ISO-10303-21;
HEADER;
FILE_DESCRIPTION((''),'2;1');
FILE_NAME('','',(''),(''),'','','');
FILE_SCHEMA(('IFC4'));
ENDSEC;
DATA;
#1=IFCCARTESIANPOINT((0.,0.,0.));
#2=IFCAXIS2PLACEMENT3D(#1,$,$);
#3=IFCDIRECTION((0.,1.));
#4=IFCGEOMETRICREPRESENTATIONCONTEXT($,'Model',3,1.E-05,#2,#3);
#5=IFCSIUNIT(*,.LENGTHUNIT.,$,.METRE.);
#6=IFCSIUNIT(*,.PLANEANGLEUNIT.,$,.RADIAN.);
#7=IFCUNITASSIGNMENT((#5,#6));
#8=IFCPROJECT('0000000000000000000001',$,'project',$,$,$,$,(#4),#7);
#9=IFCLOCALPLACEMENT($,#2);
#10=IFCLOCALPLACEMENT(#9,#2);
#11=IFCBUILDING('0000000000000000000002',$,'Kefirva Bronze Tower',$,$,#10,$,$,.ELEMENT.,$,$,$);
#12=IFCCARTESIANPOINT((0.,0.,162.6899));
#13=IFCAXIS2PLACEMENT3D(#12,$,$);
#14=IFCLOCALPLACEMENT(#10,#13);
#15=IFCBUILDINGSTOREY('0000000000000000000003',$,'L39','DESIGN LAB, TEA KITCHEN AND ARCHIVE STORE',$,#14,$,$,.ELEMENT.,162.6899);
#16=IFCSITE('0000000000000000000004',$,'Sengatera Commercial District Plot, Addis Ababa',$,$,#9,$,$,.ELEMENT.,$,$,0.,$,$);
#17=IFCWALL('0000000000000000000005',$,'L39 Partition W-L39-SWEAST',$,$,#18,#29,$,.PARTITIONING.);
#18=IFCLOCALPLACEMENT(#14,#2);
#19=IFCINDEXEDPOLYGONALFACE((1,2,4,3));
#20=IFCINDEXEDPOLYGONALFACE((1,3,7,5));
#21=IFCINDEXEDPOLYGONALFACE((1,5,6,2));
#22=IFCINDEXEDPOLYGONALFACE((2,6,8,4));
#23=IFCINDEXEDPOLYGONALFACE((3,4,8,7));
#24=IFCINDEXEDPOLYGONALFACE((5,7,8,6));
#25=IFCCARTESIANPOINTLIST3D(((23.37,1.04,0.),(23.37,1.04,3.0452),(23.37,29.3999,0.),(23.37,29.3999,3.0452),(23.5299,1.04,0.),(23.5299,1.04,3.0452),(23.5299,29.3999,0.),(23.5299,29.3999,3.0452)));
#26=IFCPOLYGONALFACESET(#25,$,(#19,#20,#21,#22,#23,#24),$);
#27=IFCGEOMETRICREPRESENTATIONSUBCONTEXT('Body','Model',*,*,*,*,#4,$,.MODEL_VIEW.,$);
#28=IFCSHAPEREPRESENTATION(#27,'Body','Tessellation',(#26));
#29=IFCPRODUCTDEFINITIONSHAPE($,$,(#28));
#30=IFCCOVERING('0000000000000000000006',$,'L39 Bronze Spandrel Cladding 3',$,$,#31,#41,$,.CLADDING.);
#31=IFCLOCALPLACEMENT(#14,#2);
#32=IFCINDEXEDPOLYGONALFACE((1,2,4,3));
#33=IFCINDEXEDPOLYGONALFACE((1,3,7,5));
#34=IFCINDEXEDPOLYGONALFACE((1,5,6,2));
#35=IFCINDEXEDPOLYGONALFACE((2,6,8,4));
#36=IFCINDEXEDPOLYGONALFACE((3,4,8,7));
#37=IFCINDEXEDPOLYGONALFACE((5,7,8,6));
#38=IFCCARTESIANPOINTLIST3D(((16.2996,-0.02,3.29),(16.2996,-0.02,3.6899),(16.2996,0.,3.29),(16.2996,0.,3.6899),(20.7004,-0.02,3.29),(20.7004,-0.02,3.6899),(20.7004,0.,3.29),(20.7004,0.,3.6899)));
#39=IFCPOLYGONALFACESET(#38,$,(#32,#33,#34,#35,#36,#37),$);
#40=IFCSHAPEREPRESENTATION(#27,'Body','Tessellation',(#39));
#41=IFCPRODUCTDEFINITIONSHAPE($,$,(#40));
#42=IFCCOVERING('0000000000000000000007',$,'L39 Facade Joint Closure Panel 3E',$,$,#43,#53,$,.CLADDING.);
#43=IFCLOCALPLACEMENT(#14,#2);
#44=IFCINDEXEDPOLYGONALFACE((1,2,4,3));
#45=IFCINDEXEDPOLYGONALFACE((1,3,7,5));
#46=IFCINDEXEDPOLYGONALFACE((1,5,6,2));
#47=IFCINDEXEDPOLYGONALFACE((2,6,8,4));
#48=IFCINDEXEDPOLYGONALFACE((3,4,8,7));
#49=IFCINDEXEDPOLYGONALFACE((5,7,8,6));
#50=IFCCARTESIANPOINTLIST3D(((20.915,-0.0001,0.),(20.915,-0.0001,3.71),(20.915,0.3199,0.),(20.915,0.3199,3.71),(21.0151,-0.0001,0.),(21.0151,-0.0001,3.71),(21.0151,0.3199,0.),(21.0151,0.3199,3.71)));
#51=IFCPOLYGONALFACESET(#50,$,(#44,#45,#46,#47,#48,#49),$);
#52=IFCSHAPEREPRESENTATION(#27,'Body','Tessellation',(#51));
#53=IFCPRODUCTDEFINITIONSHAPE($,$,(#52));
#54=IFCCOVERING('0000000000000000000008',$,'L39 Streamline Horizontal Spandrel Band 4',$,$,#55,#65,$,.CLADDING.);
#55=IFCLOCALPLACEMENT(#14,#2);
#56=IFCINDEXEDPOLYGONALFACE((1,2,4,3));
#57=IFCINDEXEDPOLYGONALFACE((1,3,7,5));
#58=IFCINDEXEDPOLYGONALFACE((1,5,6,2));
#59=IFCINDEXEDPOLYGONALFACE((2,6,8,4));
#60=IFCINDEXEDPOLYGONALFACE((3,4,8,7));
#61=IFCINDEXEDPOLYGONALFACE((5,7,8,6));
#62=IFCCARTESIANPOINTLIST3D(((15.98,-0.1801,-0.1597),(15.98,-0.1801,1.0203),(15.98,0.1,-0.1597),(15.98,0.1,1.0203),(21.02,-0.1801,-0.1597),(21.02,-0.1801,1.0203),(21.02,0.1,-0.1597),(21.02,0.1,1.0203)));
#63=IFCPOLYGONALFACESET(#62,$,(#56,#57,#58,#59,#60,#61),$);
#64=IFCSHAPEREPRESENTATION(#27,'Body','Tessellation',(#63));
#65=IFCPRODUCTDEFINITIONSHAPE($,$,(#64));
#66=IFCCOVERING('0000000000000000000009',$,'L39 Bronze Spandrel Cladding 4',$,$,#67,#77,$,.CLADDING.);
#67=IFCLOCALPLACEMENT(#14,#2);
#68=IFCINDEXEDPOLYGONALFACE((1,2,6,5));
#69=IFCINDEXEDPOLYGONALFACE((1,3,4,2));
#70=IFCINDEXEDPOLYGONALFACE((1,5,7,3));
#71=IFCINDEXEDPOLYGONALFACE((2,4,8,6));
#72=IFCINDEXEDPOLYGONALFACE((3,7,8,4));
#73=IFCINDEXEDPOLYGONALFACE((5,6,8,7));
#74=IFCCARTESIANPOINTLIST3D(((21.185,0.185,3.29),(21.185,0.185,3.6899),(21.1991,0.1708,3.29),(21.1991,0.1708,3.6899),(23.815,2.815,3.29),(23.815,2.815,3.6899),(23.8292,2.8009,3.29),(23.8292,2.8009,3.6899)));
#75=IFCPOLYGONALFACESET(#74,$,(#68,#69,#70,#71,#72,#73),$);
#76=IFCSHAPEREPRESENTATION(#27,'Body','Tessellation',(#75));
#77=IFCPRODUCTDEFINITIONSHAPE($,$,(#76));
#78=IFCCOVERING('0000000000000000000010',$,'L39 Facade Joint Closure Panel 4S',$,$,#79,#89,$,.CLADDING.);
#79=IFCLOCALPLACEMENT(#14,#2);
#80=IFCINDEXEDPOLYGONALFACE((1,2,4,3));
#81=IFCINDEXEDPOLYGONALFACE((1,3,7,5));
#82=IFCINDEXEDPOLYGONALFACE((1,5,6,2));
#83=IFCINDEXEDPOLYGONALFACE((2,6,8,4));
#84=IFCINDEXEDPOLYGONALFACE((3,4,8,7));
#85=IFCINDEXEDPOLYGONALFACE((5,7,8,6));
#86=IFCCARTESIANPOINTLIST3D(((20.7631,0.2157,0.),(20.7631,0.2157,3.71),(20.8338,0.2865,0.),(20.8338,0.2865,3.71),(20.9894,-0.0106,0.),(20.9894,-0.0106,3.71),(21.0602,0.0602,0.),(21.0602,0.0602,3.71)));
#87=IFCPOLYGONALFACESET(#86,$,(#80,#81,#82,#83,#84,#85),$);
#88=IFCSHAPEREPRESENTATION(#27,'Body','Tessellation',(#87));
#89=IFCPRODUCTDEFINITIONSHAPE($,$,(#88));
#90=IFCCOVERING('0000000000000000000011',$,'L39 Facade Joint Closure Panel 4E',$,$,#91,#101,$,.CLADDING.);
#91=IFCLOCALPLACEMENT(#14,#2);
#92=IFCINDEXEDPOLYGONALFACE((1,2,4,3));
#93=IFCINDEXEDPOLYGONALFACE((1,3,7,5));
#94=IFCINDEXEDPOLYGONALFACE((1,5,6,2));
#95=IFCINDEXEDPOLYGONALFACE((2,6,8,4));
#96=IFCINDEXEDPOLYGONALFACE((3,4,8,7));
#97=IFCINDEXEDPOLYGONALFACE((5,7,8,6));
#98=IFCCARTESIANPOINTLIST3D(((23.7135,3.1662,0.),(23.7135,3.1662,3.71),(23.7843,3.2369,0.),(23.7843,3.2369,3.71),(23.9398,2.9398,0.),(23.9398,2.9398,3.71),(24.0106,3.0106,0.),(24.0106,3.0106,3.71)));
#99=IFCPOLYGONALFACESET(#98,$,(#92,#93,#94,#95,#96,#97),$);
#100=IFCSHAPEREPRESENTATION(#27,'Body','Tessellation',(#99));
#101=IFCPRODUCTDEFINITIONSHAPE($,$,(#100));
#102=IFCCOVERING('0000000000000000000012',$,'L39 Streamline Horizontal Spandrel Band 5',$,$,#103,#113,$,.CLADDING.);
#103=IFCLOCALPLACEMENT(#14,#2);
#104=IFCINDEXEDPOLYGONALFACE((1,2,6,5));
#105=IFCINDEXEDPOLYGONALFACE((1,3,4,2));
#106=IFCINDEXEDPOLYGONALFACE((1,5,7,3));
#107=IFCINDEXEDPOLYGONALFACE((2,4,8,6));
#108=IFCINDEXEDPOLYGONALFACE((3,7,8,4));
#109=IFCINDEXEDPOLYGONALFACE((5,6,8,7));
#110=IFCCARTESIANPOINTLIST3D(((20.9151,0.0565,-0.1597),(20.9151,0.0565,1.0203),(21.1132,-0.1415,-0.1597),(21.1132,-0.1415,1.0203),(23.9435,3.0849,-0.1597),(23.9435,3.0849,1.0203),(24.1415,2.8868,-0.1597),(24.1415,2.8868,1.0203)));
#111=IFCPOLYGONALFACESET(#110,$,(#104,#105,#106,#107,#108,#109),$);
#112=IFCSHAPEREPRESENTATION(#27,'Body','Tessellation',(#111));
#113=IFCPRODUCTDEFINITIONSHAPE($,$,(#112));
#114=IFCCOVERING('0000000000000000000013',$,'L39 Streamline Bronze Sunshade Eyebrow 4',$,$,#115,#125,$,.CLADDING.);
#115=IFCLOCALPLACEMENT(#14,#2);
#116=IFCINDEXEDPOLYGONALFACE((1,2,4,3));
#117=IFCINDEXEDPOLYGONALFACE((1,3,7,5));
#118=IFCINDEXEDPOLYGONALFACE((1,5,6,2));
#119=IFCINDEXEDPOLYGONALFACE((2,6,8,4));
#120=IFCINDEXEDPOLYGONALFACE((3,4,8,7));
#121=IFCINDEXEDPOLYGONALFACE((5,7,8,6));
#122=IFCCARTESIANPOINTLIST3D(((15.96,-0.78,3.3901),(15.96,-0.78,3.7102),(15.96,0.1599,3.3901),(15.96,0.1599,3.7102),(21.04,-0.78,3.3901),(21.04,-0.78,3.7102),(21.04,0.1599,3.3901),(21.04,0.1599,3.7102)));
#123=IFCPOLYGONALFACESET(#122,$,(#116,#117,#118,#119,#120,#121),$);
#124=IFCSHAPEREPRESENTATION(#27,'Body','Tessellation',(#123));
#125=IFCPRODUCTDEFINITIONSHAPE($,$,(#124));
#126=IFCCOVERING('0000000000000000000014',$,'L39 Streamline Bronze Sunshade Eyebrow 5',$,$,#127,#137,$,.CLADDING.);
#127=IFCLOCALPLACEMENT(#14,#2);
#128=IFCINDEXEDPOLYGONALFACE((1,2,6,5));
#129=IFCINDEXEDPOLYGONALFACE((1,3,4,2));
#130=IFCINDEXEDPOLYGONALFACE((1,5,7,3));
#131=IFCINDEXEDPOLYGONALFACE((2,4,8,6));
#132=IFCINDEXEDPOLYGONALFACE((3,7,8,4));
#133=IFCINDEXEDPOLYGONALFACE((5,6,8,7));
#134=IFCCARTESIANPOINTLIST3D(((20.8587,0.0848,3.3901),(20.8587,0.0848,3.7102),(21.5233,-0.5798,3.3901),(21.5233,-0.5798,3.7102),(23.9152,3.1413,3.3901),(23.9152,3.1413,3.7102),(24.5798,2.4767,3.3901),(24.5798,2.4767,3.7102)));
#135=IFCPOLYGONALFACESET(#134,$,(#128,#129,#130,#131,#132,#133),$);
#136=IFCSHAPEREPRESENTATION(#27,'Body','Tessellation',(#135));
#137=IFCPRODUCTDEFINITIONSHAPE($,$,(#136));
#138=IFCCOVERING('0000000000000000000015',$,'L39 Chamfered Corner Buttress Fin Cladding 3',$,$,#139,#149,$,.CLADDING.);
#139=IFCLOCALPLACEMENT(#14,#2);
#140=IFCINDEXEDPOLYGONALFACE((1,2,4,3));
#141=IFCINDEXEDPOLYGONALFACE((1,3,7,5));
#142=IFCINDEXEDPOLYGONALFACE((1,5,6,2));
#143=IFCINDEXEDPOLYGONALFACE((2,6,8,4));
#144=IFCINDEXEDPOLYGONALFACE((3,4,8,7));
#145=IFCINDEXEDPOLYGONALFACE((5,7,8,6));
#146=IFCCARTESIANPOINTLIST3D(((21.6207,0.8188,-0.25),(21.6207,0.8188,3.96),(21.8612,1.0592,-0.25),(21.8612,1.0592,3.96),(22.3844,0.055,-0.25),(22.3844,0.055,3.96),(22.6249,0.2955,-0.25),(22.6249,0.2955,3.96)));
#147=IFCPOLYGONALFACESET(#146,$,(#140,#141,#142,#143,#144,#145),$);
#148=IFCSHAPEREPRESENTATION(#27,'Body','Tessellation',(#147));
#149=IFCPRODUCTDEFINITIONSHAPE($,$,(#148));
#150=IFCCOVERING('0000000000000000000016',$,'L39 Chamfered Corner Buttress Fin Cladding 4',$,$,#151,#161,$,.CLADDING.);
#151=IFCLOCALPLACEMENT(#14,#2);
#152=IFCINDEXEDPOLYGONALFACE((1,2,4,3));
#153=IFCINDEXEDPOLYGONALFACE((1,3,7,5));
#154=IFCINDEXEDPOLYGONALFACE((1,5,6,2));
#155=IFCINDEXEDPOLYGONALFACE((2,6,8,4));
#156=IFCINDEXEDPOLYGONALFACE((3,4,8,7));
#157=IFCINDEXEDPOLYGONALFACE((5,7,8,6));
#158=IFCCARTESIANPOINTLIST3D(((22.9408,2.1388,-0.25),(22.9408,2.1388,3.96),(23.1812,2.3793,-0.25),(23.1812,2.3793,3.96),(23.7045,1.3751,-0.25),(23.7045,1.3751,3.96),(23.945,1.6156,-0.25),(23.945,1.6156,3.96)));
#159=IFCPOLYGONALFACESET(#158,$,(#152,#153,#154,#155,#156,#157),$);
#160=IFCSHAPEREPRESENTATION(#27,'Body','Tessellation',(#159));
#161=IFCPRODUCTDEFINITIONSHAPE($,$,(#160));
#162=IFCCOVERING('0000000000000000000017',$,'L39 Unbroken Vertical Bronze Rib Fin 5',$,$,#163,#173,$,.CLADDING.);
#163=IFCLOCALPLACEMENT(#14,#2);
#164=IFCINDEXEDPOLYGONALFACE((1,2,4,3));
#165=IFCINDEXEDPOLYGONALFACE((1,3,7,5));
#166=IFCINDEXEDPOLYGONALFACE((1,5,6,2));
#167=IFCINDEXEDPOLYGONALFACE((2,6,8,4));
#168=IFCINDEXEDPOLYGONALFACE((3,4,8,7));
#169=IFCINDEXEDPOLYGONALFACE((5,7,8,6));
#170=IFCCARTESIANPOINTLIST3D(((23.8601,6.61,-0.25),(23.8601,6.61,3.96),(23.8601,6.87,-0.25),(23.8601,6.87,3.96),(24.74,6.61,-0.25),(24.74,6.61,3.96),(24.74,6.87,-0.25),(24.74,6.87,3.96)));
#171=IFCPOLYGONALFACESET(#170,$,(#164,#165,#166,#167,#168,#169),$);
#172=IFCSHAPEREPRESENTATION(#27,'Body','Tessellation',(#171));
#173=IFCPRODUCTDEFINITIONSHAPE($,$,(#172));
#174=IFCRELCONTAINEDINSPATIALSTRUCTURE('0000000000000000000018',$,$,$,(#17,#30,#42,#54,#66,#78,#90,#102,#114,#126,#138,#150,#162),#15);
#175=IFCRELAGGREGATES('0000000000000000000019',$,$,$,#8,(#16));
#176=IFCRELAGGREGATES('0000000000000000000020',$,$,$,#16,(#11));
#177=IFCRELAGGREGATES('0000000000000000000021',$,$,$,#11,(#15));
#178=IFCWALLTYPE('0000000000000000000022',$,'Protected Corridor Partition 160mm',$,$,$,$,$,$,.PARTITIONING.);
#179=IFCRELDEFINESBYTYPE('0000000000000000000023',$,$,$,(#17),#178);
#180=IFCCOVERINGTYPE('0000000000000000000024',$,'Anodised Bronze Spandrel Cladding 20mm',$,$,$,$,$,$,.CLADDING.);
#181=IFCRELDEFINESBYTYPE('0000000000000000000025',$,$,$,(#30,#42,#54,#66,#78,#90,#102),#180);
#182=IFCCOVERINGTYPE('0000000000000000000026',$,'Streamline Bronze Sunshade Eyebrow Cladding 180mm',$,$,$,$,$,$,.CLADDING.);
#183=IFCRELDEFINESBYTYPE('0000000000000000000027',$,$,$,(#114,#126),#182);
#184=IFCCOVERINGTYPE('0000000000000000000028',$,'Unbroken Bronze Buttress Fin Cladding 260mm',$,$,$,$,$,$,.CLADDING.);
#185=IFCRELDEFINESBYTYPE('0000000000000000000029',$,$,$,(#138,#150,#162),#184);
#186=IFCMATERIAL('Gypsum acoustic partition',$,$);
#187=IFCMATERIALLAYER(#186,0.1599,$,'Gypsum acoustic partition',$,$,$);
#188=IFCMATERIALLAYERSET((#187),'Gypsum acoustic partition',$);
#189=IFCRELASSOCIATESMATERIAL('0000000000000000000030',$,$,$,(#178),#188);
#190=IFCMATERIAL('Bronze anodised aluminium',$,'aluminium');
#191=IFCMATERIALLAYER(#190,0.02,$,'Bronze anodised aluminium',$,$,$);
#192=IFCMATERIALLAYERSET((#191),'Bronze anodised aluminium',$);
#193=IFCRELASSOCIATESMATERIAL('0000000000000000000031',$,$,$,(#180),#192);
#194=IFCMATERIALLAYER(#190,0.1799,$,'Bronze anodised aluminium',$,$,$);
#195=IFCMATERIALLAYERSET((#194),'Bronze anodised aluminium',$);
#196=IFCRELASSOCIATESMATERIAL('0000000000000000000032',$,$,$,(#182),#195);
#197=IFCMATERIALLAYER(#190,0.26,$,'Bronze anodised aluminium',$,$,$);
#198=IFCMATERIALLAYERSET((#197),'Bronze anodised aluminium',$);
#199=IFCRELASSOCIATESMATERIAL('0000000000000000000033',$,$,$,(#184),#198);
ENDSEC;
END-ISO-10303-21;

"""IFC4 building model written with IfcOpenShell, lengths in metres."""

from ifc_helpers import new_model, si_unit, direction, frame, frame_2d, origin, origin_2d, place, context, subcontext, project, spatial, rectangle, extrude, material, layer, layer_set, type_object, element, save


model = new_model("IFC4")

# Units and contexts
model_context = context("Model", 3, precision=1e-05, world=origin(), true_north=direction((0.0, 1.0)))
body_context = subcontext(model_context, "Body", "Model", "MODEL_VIEW")
ifc_project = project(units=[si_unit("LENGTHUNIT", "METRE"), si_unit("PLANEANGLEUNIT", "RADIAN")], contexts=[model_context])

# Site, building, storey
site_placement = place(None, origin())
site = spatial("IfcSite", under=ifc_project, at=site_placement, Name="Sengatera Commercial District Plot, Addis Ababa", CompositionType="ELEMENT", RefElevation=0.0)
building_placement = place(site_placement, origin())
building = spatial("IfcBuilding", under=site, at=building_placement, Name="Kefirva Bronze Tower", CompositionType="ELEMENT")
storey_placement = place(building_placement, frame((0.0, 0.0, 162.6899)))
storey = spatial("IfcBuildingStorey", under=building, at=storey_placement, Name="L39", Description="DESIGN LAB, TEA KITCHEN AND ARCHIVE STORE", CompositionType="ELEMENT", Elevation=162.6899)

# Shared definitions
ifc_material_1 = material(Name="Bronze anodised aluminium", Category="aluminium")

# Wall
ifc_material_2 = material(Name="Gypsum acoustic partition")
ifc_layer_1 = layer(ifc_material_2, 0.1599, Name="Gypsum acoustic partition")
ifc_layer_set_1 = layer_set([ifc_layer_1], Name="Gypsum acoustic partition")
wall_type_1 = type_object("IfcWallType", Name="Protected Corridor Partition 160mm", PredefinedType="PARTITIONING", material=ifc_layer_set_1)
wall_1_placement = place(storey_placement, frame((23.45, 1.04, 0.0), z_axis=(0.0, 0.0, 1.0), x_axis=(0.0, 1.0, 0.0)))
element("IfcWall", 1, at=wall_1_placement, inside=storey, type_object=wall_type_1, Name="L39 Partition W-L39-SWEAST", PredefinedType="PARTITIONING", context=body_context, shape_type="SweptSolid", body=[
    extrude(rectangle(XDim=28.3599, YDim=0.1599, at=frame_2d((14.1799, 0.0))), origin(), (0.0, 0.0, 1.0), 3.0452),
])

# Coverings
ifc_layer_2 = layer(ifc_material_1, 0.02, Name="Bronze anodised aluminium")
ifc_layer_set_2 = layer_set([ifc_layer_2], Name="Bronze anodised aluminium")
covering_type_1 = type_object("IfcCoveringType", Name="Anodised Bronze Spandrel Cladding 20mm", PredefinedType="CLADDING", material=ifc_layer_set_2)
covering_1_placement = place(storey_placement, frame((18.5, -0.01, 3.29), z_axis=(0.0, 0.0, 1.0), x_axis=(1.0, 0.0, 0.0)))
element("IfcCovering", 2, at=covering_1_placement, inside=storey, type_object=covering_type_1, Name="L39 Bronze Spandrel Cladding 3", PredefinedType="CLADDING", context=body_context, shape_type="SweptSolid", body=[
    extrude(rectangle(XDim=4.4009, YDim=0.02, at=origin_2d()), origin(), (0.0, 0.0, 1.0), 0.3999),
])
covering_2_placement = place(storey_placement, frame((20.9651, 0.1599, 0.0), z_axis=(0.0, 0.0, 1.0), x_axis=(1.0, 0.0, 0.0)))
element("IfcCovering", 3, at=covering_2_placement, inside=storey, type_object=covering_type_1, Name="L39 Facade Joint Closure Panel 3E", PredefinedType="CLADDING", context=body_context, shape_type="SweptSolid", body=[
    extrude(rectangle(XDim=0.1001, YDim=0.3201, at=origin_2d()), origin(), (0.0, 0.0, 1.0), 3.71),
])
covering_3_placement = place(storey_placement, frame((18.5, -0.04, -0.1597), z_axis=(0.0, 0.0, 1.0), x_axis=(1.0, 0.0, 0.0)))
element("IfcCovering", 4, at=covering_3_placement, inside=storey, type_object=covering_type_1, Name="L39 Streamline Horizontal Spandrel Band 4", PredefinedType="CLADDING", context=body_context, shape_type="SweptSolid", body=[
    extrude(rectangle(XDim=5.04, YDim=0.28, at=origin_2d()), origin(), (0.0, 0.0, 1.0), 1.1799),
])
covering_4_placement = place(storey_placement, frame((22.5071, 1.4929, 3.29), z_axis=(0.0, 0.0, 1.0), x_axis=(0.707107, 0.707107, 0.0)))
element("IfcCovering", 5, at=covering_4_placement, inside=storey, type_object=covering_type_1, Name="L39 Bronze Spandrel Cladding 4", PredefinedType="CLADDING", context=body_context, shape_type="SweptSolid", body=[
    extrude(rectangle(XDim=3.7195, YDim=0.02, at=origin_2d()), origin(), (0.0, 0.0, 1.0), 0.3999),
])
for number, where, z_axis, x_axis, name in (
    (6, (20.9116, 0.1379, 0.0), (0.0, 0.0, 1.0), (0.707107, 0.707107, 0.0), "L39 Facade Joint Closure Panel 4S"),
    (7, (23.8621, 3.0884, 0.0), (0.0, 0.0, 1.0), (0.707107, 0.707107, 0.0), "L39 Facade Joint Closure Panel 4E"),
):
    element("IfcCovering", number, at=place(storey_placement, frame(where, z_axis=z_axis, x_axis=x_axis)), inside=storey, type_object=covering_type_1, Name=name, PredefinedType="CLADDING", context=body_context, shape_type="SweptSolid", body=[
        extrude(rectangle(XDim=0.1001, YDim=0.3201, at=origin_2d()), origin(), (0.0, 0.0, 1.0), 3.71),
    ])
covering_5_placement = place(storey_placement, frame((22.5283, 1.4717, -0.1597), z_axis=(0.0, 0.0, 1.0), x_axis=(0.707107, 0.707107, 0.0)))
element("IfcCovering", 8, at=covering_5_placement, inside=storey, type_object=covering_type_1, Name="L39 Streamline Horizontal Spandrel Band 5", PredefinedType="CLADDING", context=body_context, shape_type="SweptSolid", body=[
    extrude(rectangle(XDim=4.2827, YDim=0.28, at=origin_2d()), origin(), (0.0, 0.0, 1.0), 1.1799),
])
ifc_layer_3 = layer(ifc_material_1, 0.1799, Name="Bronze anodised aluminium")
ifc_layer_set_3 = layer_set([ifc_layer_3], Name="Bronze anodised aluminium")
covering_type_2 = type_object("IfcCoveringType", Name="Streamline Bronze Sunshade Eyebrow Cladding 180mm", PredefinedType="CLADDING", material=ifc_layer_set_3)
covering_6_placement = place(storey_placement, frame((18.5, -0.3101, 3.3901), z_axis=(0.0, 0.0, 1.0), x_axis=(1.0, 0.0, 0.0)))
element("IfcCovering", 9, at=covering_6_placement, inside=storey, type_object=covering_type_2, Name="L39 Streamline Bronze Sunshade Eyebrow 4", PredefinedType="CLADDING", context=body_context, shape_type="SweptSolid", body=[
    extrude(rectangle(XDim=5.0801, YDim=0.9399, at=origin_2d()), origin(), (0.0, 0.0, 1.0), 0.3201),
])
covering_7_placement = place(storey_placement, frame((22.7192, 1.2808, 3.3901), z_axis=(0.0, 0.0, 1.0), x_axis=(0.707107, 0.707107, 0.0)))
element("IfcCovering", 10, at=covering_7_placement, inside=storey, type_object=covering_type_2, Name="L39 Streamline Bronze Sunshade Eyebrow 5", PredefinedType="CLADDING", context=body_context, shape_type="SweptSolid", body=[
    extrude(rectangle(XDim=4.3225, YDim=0.9399, at=origin_2d()), origin(), (0.0, 0.0, 1.0), 0.3201),
])
ifc_layer_4 = layer(ifc_material_1, 0.26, Name="Bronze anodised aluminium")
ifc_layer_set_4 = layer_set([ifc_layer_4], Name="Bronze anodised aluminium")
covering_type_3 = type_object("IfcCoveringType", Name="Unbroken Bronze Buttress Fin Cladding 260mm", PredefinedType="CLADDING", material=ifc_layer_set_4)
for number, where, z_axis, x_axis, name in (
    (11, (22.1228, 0.5571, -0.25), (0.0, 0.0, 1.0), (0.707107, 0.707107, 0.0), "L39 Chamfered Corner Buttress Fin Cladding 3"),
    (12, (23.4429, 1.8772, -0.25), (0.0, 0.0, 1.0), (0.707107, 0.707107, 0.0), "L39 Chamfered Corner Buttress Fin Cladding 4"),
):
    element("IfcCovering", number, at=place(storey_placement, frame(where, z_axis=z_axis, x_axis=x_axis)), inside=storey, type_object=covering_type_3, Name=name, PredefinedType="CLADDING", context=body_context, shape_type="SweptSolid", body=[
        extrude(rectangle(XDim=0.3401, YDim=1.0801, at=origin_2d()), origin(), (0.0, 0.0, 1.0), 4.21),
    ])
covering_8_placement = place(storey_placement, frame((24.3, 6.74, -0.25), z_axis=(0.0, 0.0, 1.0), x_axis=(0.0, 1.0, 0.0)))
element("IfcCovering", 13, at=covering_8_placement, inside=storey, type_object=covering_type_3, Name="L39 Unbroken Vertical Bronze Rib Fin 5", PredefinedType="CLADDING", context=body_context, shape_type="SweptSolid", body=[
    extrude(rectangle(XDim=0.26, YDim=0.8799, at=origin_2d()), origin(), (0.0, 0.0, 1.0), 4.21),
])

save(model, "model.ifc")
